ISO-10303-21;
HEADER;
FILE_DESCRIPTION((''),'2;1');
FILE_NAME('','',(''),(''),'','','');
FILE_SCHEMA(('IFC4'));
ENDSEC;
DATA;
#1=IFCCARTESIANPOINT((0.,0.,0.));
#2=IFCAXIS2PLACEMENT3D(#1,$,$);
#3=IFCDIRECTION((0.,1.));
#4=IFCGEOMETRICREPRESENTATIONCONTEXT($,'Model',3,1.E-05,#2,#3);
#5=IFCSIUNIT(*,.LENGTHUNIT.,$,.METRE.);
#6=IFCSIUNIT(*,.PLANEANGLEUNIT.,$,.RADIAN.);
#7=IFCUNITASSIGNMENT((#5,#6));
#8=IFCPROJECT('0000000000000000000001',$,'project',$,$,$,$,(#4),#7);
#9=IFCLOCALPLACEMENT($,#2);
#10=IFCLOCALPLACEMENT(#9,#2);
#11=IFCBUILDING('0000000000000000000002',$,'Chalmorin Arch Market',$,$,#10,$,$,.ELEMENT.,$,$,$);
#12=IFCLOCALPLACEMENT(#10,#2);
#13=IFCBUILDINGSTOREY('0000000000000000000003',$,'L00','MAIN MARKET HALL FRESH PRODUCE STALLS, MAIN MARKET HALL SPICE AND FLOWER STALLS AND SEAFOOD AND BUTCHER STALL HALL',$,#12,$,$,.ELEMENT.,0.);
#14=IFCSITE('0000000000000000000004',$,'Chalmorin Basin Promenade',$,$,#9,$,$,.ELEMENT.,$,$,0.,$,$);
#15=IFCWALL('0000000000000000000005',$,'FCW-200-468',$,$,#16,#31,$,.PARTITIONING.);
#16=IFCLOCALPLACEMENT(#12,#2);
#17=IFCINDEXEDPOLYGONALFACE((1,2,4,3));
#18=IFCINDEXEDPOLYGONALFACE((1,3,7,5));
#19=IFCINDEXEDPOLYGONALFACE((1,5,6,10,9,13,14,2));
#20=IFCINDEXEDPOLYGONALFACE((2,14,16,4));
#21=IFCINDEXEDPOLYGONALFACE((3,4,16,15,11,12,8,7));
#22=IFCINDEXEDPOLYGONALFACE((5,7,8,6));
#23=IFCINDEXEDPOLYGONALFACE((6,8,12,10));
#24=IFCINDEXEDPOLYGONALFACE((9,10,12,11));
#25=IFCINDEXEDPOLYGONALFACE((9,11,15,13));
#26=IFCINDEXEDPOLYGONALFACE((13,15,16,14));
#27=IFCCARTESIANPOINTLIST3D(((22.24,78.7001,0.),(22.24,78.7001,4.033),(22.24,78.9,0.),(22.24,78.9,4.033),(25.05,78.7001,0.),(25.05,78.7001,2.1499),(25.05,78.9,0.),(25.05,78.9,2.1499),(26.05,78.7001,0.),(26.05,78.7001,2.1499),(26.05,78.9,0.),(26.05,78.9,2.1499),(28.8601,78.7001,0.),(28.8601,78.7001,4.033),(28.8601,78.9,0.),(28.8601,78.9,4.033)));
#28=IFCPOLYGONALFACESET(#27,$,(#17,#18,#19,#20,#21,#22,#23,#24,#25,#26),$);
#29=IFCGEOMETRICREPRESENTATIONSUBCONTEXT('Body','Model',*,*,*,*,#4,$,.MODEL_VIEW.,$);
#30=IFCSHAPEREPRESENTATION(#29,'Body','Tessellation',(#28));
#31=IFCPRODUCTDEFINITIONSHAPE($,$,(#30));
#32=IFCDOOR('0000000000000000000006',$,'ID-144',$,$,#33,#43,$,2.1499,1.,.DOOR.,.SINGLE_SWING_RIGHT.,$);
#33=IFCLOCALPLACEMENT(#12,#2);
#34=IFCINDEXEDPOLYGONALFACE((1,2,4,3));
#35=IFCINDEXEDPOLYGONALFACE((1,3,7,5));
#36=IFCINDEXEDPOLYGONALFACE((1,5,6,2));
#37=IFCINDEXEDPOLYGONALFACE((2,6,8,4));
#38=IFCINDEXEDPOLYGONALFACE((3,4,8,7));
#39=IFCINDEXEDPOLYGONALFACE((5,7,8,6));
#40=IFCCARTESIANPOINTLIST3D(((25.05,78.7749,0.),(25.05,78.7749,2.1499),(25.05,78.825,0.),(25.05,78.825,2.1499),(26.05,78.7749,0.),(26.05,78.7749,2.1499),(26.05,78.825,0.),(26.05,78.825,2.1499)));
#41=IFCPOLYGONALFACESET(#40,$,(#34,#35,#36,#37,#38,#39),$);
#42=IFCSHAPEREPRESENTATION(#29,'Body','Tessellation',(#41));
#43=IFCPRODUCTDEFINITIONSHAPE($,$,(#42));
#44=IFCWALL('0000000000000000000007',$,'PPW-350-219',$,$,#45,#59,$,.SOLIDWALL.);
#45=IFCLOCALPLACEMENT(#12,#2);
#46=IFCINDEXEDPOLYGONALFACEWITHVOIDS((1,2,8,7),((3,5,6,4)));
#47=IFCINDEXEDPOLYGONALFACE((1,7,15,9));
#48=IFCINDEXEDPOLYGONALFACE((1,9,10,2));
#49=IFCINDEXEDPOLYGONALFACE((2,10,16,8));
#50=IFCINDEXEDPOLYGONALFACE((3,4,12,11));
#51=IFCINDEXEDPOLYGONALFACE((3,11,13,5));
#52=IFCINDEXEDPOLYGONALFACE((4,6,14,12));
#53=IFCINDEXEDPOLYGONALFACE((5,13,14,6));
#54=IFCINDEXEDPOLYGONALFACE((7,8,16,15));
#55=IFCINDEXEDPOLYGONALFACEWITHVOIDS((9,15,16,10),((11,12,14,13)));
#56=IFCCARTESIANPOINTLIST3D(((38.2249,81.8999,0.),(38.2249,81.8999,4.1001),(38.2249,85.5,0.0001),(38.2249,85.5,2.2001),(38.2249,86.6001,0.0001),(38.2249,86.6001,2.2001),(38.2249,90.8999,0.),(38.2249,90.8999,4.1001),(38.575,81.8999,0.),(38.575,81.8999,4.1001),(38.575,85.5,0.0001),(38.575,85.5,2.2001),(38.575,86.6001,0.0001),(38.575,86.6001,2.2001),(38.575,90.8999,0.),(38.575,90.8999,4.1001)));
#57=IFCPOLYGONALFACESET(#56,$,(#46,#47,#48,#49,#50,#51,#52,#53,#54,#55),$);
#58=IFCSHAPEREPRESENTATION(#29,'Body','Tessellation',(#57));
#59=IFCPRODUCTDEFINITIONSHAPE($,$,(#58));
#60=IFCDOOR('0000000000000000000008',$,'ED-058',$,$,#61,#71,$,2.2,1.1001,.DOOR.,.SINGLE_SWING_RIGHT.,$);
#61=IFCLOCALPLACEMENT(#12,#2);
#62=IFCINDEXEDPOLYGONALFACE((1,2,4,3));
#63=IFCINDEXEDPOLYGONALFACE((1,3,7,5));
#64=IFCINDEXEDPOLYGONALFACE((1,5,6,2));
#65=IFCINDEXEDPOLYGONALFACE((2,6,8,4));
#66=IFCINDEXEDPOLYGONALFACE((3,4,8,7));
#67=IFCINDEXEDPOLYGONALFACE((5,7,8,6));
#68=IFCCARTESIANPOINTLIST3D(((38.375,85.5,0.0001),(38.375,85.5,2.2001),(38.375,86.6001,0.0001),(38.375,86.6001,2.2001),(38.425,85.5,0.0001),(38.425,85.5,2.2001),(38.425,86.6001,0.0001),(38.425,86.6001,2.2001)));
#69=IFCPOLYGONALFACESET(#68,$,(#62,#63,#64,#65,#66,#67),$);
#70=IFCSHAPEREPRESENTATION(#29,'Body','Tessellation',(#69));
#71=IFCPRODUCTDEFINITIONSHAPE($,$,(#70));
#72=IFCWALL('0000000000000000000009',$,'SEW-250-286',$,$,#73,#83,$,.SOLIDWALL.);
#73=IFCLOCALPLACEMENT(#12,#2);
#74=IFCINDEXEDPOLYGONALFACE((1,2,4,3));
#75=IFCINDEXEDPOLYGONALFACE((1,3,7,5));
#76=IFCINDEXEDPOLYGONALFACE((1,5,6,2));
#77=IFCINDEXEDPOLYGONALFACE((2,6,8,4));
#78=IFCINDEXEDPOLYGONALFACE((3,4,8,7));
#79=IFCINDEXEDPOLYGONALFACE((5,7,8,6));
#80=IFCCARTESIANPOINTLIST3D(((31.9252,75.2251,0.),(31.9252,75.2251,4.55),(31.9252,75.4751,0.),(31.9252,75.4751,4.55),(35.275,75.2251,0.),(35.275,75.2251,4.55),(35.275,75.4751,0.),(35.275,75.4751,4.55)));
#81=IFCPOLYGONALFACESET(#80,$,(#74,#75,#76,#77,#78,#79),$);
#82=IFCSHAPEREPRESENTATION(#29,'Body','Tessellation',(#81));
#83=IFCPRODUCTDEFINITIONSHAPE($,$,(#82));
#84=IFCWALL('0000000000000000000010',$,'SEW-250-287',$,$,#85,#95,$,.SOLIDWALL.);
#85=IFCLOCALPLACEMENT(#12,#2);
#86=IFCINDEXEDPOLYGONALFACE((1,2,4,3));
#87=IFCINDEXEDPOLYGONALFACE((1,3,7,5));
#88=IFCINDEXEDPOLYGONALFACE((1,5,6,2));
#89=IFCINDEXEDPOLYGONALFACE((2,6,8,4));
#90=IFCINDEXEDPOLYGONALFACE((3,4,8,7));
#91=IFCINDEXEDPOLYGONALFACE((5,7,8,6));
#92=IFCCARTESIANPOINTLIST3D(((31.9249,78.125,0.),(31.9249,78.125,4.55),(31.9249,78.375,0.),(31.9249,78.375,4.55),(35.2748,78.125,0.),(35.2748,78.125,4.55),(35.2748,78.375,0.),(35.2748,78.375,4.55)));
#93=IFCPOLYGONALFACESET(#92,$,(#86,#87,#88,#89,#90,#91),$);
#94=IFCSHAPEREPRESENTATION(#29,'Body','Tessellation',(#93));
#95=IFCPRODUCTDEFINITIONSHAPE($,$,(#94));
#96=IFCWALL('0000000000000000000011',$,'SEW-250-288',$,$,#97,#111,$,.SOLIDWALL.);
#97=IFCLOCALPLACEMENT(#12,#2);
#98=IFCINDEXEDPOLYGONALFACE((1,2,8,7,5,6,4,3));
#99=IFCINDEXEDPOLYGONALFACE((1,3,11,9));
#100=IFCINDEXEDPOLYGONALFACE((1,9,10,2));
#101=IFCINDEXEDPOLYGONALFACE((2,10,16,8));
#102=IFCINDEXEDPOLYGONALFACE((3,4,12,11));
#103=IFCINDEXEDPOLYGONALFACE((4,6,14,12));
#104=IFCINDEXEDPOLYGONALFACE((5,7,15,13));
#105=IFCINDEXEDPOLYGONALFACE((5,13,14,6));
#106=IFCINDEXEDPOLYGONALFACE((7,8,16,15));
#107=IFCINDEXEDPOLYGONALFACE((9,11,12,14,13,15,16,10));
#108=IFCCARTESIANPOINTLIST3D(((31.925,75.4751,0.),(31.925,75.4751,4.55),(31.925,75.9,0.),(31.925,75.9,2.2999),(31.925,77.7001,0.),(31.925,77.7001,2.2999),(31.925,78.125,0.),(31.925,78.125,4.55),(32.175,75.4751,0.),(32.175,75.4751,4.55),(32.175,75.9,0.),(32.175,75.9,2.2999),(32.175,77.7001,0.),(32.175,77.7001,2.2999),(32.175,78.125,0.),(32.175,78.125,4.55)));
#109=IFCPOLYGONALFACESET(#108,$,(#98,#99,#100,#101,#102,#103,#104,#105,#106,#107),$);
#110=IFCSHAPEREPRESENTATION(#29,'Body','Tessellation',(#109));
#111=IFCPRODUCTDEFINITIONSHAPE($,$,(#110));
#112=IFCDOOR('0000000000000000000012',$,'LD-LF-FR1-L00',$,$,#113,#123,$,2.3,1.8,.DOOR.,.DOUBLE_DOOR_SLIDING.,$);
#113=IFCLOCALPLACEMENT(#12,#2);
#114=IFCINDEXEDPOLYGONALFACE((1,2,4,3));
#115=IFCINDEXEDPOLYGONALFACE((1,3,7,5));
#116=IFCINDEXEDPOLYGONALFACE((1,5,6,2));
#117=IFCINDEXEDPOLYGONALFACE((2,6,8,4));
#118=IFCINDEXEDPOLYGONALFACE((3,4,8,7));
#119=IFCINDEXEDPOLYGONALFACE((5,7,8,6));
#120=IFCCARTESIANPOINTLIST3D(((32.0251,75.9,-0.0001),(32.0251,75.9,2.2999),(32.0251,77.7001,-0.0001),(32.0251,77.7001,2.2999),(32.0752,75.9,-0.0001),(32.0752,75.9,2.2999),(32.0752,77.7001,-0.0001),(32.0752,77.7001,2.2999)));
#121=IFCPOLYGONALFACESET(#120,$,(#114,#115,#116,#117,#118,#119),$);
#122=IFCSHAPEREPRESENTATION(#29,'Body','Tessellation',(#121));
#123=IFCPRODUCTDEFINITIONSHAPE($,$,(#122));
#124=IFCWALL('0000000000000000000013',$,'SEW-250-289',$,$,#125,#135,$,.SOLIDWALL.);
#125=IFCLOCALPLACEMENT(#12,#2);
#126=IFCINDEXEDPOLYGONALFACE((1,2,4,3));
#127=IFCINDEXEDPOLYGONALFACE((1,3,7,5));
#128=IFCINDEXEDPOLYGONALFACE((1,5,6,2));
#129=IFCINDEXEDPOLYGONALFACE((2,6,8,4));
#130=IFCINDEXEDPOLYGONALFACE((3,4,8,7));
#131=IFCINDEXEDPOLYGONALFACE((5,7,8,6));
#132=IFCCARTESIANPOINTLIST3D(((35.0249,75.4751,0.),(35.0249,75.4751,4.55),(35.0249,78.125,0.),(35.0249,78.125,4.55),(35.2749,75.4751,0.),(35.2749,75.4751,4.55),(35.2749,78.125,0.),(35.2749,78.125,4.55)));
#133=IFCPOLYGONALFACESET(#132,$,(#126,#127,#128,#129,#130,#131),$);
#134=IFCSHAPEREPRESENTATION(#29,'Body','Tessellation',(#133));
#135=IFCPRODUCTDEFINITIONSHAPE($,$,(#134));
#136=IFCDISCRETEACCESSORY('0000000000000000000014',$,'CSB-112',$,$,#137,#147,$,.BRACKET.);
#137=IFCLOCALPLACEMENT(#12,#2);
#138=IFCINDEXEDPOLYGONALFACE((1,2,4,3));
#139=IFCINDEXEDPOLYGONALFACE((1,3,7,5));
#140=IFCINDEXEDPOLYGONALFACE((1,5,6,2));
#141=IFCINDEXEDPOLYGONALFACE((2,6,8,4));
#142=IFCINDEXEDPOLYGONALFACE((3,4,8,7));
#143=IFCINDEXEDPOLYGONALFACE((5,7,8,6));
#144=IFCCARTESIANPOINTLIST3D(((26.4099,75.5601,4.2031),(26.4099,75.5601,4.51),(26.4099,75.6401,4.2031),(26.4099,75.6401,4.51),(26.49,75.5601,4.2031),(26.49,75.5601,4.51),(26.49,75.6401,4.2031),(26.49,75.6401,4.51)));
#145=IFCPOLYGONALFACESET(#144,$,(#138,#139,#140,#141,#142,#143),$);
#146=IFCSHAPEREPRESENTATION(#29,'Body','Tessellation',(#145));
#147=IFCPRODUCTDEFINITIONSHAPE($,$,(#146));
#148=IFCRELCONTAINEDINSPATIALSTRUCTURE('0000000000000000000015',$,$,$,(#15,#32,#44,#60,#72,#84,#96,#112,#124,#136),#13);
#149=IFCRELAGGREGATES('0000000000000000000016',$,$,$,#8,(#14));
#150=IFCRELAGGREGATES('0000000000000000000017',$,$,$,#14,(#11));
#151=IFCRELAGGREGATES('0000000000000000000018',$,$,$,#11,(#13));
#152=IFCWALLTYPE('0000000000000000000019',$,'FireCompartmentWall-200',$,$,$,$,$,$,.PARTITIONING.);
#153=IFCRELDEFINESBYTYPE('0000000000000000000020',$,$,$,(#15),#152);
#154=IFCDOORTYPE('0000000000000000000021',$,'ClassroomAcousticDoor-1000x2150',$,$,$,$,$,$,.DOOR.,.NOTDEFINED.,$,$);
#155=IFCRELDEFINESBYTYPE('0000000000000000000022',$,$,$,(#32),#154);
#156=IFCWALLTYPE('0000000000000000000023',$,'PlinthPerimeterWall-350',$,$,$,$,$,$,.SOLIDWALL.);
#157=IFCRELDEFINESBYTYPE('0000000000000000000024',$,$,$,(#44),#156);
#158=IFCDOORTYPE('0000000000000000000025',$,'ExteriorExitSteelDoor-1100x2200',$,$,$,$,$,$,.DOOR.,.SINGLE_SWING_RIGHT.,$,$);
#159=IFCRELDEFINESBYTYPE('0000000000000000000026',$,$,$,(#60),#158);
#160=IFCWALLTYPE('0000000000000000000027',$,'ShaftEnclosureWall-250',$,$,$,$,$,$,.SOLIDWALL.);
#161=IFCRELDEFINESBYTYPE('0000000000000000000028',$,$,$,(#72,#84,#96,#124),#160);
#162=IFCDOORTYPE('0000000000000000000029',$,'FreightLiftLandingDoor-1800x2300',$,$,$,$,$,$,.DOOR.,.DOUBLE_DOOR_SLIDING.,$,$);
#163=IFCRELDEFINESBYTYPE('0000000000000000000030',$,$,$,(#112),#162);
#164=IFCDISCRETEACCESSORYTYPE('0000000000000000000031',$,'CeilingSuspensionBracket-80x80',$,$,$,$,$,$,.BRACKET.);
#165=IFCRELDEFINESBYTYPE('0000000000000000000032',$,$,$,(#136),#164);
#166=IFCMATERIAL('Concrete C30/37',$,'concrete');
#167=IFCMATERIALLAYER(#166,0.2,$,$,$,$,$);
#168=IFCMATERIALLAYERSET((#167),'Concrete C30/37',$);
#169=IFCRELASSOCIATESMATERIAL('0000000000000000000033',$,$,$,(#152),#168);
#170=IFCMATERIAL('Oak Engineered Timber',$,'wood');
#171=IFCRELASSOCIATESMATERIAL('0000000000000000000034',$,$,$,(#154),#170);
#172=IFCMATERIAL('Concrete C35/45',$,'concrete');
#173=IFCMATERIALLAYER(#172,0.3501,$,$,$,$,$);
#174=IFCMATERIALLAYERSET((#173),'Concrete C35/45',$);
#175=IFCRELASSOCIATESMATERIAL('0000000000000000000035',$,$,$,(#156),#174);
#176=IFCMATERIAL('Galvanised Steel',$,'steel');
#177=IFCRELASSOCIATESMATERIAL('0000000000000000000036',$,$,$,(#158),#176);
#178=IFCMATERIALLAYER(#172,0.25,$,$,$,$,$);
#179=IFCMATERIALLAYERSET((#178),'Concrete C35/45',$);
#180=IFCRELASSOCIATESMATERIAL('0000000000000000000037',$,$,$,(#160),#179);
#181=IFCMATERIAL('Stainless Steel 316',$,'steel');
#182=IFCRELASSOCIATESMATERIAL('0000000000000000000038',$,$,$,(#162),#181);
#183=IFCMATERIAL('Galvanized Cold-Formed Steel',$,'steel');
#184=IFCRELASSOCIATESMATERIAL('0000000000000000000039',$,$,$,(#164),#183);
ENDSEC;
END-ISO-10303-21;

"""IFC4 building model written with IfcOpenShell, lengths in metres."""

from ifc_helpers import new_model, si_unit, direction, frame, frame_2d, origin, origin_2d, place, context, subcontext, project, spatial, rectangle, extrude, material, layer, layer_set, type_object, element, fill, save


model = new_model("IFC4")

# Units and contexts
model_context = context("Model", 3, precision=1e-05, world=origin(), true_north=direction((0.0, 1.0)))
body_context = subcontext(model_context, "Body", "Model", "MODEL_VIEW")
ifc_project = project(units=[si_unit("LENGTHUNIT", "METRE"), si_unit("PLANEANGLEUNIT", "RADIAN")], contexts=[model_context])

# Site, building, storey
site_placement = place(None, origin())
site = spatial("IfcSite", under=ifc_project, at=site_placement, Name="Chalmorin Basin Promenade", CompositionType="ELEMENT", RefElevation=0.0)
building_placement = place(site_placement, origin())
building = spatial("IfcBuilding", under=site, at=building_placement, Name="Chalmorin Arch Market", CompositionType="ELEMENT")
storey_placement = place(building_placement, origin())
storey = spatial("IfcBuildingStorey", under=building, at=storey_placement, Name="L00", Description="MAIN MARKET HALL FRESH PRODUCE STALLS, MAIN MARKET HALL SPICE AND FLOWER STALLS AND SEAFOOD AND BUTCHER STALL HALL", CompositionType="ELEMENT", Elevation=0.0)

# Shared definitions
ifc_material_1 = material(Name="Galvanised Steel", Category="steel")
ifc_material_2 = material(Name="Stainless Steel 316", Category="steel")

# Shared definitions
ifc_material_3 = material(Name="Concrete C30/37", Category="concrete")
ifc_layer_1 = layer(ifc_material_3, 0.2)
ifc_layer_set_1 = layer_set([ifc_layer_1], Name="Concrete C30/37")
wall_type_1 = type_object("IfcWallType", Name="FireCompartmentWall-200", PredefinedType="PARTITIONING", material=ifc_layer_set_1)

# Walls, openings, doors
wall_1_placement = place(storey_placement, frame((22.24, 78.8, 0.0), z_axis=(0.0, 0.0, 1.0), x_axis=(1.0, 0.0, 0.0)))
wall_1 = element("IfcWall", 1, at=wall_1_placement, inside=storey, type_object=wall_type_1, Name="FCW-200-468", PredefinedType="PARTITIONING", context=body_context, shape_type="SweptSolid", body=[
    extrude(rectangle(XDim=6.6201, YDim=0.2, at=frame_2d((3.3101, 0.0))), origin(), (0.0, 0.0, 1.0), 4.033),
])
opening_1_placement = place(wall_1_placement, frame((2.8101, 0.0, 0.0)))
opening_1 = element("IfcOpeningElement", 2, at=opening_1_placement, cuts=wall_1, PredefinedType="OPENING", context=body_context, shape_type="SweptSolid", body=[
    extrude(rectangle(XDim=1.0, YDim=2.1499, at=frame_2d((0.5, 1.075))), frame((0.0, 0.1099, 0.0), z_axis=(0.0, -1.0, 0.0), x_axis=(1.0, 0.0, 0.0)), (0.0, 0.0, 1.0), 0.22),
])
ifc_material_4 = material(Name="Oak Engineered Timber", Category="wood")
door_type_1 = type_object("IfcDoorType", Name="ClassroomAcousticDoor-1000x2150", OperationType="NOTDEFINED", PredefinedType="DOOR", material=ifc_material_4)
door_1_placement = place(opening_1_placement, origin())
door_1 = element("IfcDoor", 3, at=door_1_placement, inside=storey, type_object=door_type_1, Name="ID-144", OperationType="SINGLE_SWING_RIGHT", OverallHeight=2.1499, OverallWidth=1.0, PredefinedType="DOOR", context=body_context, shape_type="SweptSolid", body=[
    extrude(rectangle(XDim=1.0, YDim=2.1499, at=frame_2d((0.5, 1.075))), frame((0.0, 0.0249, 0.0), z_axis=(0.0, -1.0, 0.0), x_axis=(1.0, 0.0, 0.0)), (0.0, 0.0, 1.0), 0.05),
])
fill(opening_1, door_1)
ifc_material_5 = material(Name="Concrete C35/45", Category="concrete")
ifc_layer_2 = layer(ifc_material_5, 0.3501)
ifc_layer_set_2 = layer_set([ifc_layer_2], Name="Concrete C35/45")
wall_type_2 = type_object("IfcWallType", Name="PlinthPerimeterWall-350", PredefinedType="SOLIDWALL", material=ifc_layer_set_2)
wall_2_placement = place(storey_placement, frame((38.3999, 81.8999, 0.0), z_axis=(0.0, 0.0, 1.0), x_axis=(0.0, 1.0, 0.0)))
wall_2 = element("IfcWall", 4, at=wall_2_placement, inside=storey, type_object=wall_type_2, Name="PPW-350-219", PredefinedType="SOLIDWALL", context=body_context, shape_type="SweptSolid", body=[
    extrude(rectangle(XDim=9.0, YDim=0.3501, at=frame_2d((4.5, 0.0))), origin(), (0.0, 0.0, 1.0), 4.1001),
])
opening_2_placement = place(wall_2_placement, frame((3.6001, 0.0, 0.0)))
opening_2 = element("IfcOpeningElement", 5, at=opening_2_placement, cuts=wall_2, PredefinedType="OPENING", context=body_context, shape_type="SweptSolid", body=[
    extrude(rectangle(XDim=1.1001, YDim=2.2, at=frame_2d((0.55, 1.1001))), frame((0.0, 0.1851, 0.0), z_axis=(0.0, -1.0, 0.0), x_axis=(1.0, 0.0, 0.0)), (0.0, 0.0, 1.0), 0.3701),
])
door_type_2 = type_object("IfcDoorType", Name="ExteriorExitSteelDoor-1100x2200", OperationType="SINGLE_SWING_RIGHT", PredefinedType="DOOR", material=ifc_material_1)
door_2_placement = place(opening_2_placement, origin())
door_2 = element("IfcDoor", 6, at=door_2_placement, inside=storey, type_object=door_type_2, Name="ED-058", OperationType="SINGLE_SWING_RIGHT", OverallHeight=2.2, OverallWidth=1.1001, PredefinedType="DOOR", context=body_context, shape_type="SweptSolid", body=[
    extrude(rectangle(XDim=1.1001, YDim=2.2, at=frame_2d((0.55, 1.1001))), frame((0.0, 0.0249, 0.0), z_axis=(0.0, -1.0, 0.0), x_axis=(1.0, 0.0, 0.0)), (0.0, 0.0, 1.0), 0.05),
])
fill(opening_2, door_2)

# Walls
ifc_layer_3 = layer(ifc_material_5, 0.25)
ifc_layer_set_3 = layer_set([ifc_layer_3], Name="Concrete C35/45")
wall_type_3 = type_object("IfcWallType", Name="ShaftEnclosureWall-250", PredefinedType="SOLIDWALL", material=ifc_layer_set_3)
for number, where, z_axis, x_axis, name in (
    (7, (35.2749, 75.3501, 0.0), (0.0, 0.0, 1.0), (-1.0, 0.0, 0.0), "SEW-250-286"),
    (8, (31.925, 78.25, 0.0), (0.0, 0.0, 1.0), (1.0, 0.0, 0.0), "SEW-250-287"),
):
    element("IfcWall", number, at=place(storey_placement, frame(where, z_axis=z_axis, x_axis=x_axis)), inside=storey, type_object=wall_type_3, Name=name, PredefinedType="SOLIDWALL", context=body_context, shape_type="SweptSolid", body=[
        extrude(rectangle(XDim=3.3499, YDim=0.25, at=frame_2d((1.6748, 0.0))), origin(), (0.0, 0.0, 1.0), 4.55),
    ])

# Wall, opening, door
wall_3_placement = place(storey_placement, frame((32.05, 75.4751, 0.0), z_axis=(0.0, 0.0, 1.0), x_axis=(0.0, 1.0, 0.0)))
wall_3 = element("IfcWall", 9, at=wall_3_placement, inside=storey, type_object=wall_type_3, Name="SEW-250-288", PredefinedType="SOLIDWALL", context=body_context, shape_type="SweptSolid", body=[
    extrude(rectangle(XDim=2.6499, YDim=0.25, at=frame_2d((1.325, 0.0))), origin(), (0.0, 0.0, 1.0), 4.55),
])
opening_3_placement = place(wall_3_placement, frame((0.425, 0.0, 0.0)))
opening_3 = element("IfcOpeningElement", 10, at=opening_3_placement, cuts=wall_3, PredefinedType="OPENING", context=body_context, shape_type="SweptSolid", body=[
    extrude(rectangle(XDim=1.8, YDim=2.3, at=frame_2d((0.8999, 1.1499))), frame((0.0, 0.135, 0.0), z_axis=(0.0, -1.0, 0.0), x_axis=(1.0, 0.0, 0.0)), (0.0, 0.0, 1.0), 0.27),
])
door_type_3 = type_object("IfcDoorType", Name="FreightLiftLandingDoor-1800x2300", OperationType="DOUBLE_DOOR_SLIDING", PredefinedType="DOOR", material=ifc_material_2)
door_3_placement = place(opening_3_placement, origin())
door_3 = element("IfcDoor", 11, at=door_3_placement, inside=storey, type_object=door_type_3, Name="LD-LF-FR1-L00", OperationType="DOUBLE_DOOR_SLIDING", OverallHeight=2.3, OverallWidth=1.8, PredefinedType="DOOR", context=body_context, shape_type="SweptSolid", body=[
    extrude(rectangle(XDim=1.8, YDim=2.3, at=frame_2d((0.8999, 1.1499))), frame((0.0, 0.0249, 0.0), z_axis=(0.0, -1.0, 0.0), x_axis=(1.0, 0.0, 0.0)), (0.0, 0.0, 1.0), 0.05),
])
fill(opening_3, door_3)

# Wall
wall_4_placement = place(storey_placement, frame((35.1499, 78.125, 0.0), z_axis=(0.0, 0.0, 1.0), x_axis=(0.0, -1.0, 0.0)))
element("IfcWall", 12, at=wall_4_placement, inside=storey, type_object=wall_type_3, Name="SEW-250-289", PredefinedType="SOLIDWALL", context=body_context, shape_type="SweptSolid", body=[
    extrude(rectangle(XDim=2.6499, YDim=0.25, at=frame_2d((1.325, 0.0))), origin(), (0.0, 0.0, 1.0), 4.55),
])

# Discrete accessory
ifc_material_6 = material(Name="Galvanized Cold-Formed Steel", Category="steel")
discrete_accessory_type = type_object("IfcDiscreteAccessoryType", Name="CeilingSuspensionBracket-80x80", PredefinedType="BRACKET", material=ifc_material_6)
discrete_accessory_placement = place(storey_placement, frame((26.45, 75.6001, 4.2031), z_axis=(0.0, 0.0, 1.0), x_axis=(1.0, 0.0, 0.0)))
element("IfcDiscreteAccessory", 13, at=discrete_accessory_placement, inside=storey, type_object=discrete_accessory_type, Name="CSB-112", PredefinedType="BRACKET", context=body_context, shape_type="SweptSolid", body=[
    extrude(rectangle(XDim=0.0801, YDim=0.0801, at=origin_2d()), origin(), (0.0, 0.0, 1.0), 0.3069),
])

save(model, "model.ifc")
